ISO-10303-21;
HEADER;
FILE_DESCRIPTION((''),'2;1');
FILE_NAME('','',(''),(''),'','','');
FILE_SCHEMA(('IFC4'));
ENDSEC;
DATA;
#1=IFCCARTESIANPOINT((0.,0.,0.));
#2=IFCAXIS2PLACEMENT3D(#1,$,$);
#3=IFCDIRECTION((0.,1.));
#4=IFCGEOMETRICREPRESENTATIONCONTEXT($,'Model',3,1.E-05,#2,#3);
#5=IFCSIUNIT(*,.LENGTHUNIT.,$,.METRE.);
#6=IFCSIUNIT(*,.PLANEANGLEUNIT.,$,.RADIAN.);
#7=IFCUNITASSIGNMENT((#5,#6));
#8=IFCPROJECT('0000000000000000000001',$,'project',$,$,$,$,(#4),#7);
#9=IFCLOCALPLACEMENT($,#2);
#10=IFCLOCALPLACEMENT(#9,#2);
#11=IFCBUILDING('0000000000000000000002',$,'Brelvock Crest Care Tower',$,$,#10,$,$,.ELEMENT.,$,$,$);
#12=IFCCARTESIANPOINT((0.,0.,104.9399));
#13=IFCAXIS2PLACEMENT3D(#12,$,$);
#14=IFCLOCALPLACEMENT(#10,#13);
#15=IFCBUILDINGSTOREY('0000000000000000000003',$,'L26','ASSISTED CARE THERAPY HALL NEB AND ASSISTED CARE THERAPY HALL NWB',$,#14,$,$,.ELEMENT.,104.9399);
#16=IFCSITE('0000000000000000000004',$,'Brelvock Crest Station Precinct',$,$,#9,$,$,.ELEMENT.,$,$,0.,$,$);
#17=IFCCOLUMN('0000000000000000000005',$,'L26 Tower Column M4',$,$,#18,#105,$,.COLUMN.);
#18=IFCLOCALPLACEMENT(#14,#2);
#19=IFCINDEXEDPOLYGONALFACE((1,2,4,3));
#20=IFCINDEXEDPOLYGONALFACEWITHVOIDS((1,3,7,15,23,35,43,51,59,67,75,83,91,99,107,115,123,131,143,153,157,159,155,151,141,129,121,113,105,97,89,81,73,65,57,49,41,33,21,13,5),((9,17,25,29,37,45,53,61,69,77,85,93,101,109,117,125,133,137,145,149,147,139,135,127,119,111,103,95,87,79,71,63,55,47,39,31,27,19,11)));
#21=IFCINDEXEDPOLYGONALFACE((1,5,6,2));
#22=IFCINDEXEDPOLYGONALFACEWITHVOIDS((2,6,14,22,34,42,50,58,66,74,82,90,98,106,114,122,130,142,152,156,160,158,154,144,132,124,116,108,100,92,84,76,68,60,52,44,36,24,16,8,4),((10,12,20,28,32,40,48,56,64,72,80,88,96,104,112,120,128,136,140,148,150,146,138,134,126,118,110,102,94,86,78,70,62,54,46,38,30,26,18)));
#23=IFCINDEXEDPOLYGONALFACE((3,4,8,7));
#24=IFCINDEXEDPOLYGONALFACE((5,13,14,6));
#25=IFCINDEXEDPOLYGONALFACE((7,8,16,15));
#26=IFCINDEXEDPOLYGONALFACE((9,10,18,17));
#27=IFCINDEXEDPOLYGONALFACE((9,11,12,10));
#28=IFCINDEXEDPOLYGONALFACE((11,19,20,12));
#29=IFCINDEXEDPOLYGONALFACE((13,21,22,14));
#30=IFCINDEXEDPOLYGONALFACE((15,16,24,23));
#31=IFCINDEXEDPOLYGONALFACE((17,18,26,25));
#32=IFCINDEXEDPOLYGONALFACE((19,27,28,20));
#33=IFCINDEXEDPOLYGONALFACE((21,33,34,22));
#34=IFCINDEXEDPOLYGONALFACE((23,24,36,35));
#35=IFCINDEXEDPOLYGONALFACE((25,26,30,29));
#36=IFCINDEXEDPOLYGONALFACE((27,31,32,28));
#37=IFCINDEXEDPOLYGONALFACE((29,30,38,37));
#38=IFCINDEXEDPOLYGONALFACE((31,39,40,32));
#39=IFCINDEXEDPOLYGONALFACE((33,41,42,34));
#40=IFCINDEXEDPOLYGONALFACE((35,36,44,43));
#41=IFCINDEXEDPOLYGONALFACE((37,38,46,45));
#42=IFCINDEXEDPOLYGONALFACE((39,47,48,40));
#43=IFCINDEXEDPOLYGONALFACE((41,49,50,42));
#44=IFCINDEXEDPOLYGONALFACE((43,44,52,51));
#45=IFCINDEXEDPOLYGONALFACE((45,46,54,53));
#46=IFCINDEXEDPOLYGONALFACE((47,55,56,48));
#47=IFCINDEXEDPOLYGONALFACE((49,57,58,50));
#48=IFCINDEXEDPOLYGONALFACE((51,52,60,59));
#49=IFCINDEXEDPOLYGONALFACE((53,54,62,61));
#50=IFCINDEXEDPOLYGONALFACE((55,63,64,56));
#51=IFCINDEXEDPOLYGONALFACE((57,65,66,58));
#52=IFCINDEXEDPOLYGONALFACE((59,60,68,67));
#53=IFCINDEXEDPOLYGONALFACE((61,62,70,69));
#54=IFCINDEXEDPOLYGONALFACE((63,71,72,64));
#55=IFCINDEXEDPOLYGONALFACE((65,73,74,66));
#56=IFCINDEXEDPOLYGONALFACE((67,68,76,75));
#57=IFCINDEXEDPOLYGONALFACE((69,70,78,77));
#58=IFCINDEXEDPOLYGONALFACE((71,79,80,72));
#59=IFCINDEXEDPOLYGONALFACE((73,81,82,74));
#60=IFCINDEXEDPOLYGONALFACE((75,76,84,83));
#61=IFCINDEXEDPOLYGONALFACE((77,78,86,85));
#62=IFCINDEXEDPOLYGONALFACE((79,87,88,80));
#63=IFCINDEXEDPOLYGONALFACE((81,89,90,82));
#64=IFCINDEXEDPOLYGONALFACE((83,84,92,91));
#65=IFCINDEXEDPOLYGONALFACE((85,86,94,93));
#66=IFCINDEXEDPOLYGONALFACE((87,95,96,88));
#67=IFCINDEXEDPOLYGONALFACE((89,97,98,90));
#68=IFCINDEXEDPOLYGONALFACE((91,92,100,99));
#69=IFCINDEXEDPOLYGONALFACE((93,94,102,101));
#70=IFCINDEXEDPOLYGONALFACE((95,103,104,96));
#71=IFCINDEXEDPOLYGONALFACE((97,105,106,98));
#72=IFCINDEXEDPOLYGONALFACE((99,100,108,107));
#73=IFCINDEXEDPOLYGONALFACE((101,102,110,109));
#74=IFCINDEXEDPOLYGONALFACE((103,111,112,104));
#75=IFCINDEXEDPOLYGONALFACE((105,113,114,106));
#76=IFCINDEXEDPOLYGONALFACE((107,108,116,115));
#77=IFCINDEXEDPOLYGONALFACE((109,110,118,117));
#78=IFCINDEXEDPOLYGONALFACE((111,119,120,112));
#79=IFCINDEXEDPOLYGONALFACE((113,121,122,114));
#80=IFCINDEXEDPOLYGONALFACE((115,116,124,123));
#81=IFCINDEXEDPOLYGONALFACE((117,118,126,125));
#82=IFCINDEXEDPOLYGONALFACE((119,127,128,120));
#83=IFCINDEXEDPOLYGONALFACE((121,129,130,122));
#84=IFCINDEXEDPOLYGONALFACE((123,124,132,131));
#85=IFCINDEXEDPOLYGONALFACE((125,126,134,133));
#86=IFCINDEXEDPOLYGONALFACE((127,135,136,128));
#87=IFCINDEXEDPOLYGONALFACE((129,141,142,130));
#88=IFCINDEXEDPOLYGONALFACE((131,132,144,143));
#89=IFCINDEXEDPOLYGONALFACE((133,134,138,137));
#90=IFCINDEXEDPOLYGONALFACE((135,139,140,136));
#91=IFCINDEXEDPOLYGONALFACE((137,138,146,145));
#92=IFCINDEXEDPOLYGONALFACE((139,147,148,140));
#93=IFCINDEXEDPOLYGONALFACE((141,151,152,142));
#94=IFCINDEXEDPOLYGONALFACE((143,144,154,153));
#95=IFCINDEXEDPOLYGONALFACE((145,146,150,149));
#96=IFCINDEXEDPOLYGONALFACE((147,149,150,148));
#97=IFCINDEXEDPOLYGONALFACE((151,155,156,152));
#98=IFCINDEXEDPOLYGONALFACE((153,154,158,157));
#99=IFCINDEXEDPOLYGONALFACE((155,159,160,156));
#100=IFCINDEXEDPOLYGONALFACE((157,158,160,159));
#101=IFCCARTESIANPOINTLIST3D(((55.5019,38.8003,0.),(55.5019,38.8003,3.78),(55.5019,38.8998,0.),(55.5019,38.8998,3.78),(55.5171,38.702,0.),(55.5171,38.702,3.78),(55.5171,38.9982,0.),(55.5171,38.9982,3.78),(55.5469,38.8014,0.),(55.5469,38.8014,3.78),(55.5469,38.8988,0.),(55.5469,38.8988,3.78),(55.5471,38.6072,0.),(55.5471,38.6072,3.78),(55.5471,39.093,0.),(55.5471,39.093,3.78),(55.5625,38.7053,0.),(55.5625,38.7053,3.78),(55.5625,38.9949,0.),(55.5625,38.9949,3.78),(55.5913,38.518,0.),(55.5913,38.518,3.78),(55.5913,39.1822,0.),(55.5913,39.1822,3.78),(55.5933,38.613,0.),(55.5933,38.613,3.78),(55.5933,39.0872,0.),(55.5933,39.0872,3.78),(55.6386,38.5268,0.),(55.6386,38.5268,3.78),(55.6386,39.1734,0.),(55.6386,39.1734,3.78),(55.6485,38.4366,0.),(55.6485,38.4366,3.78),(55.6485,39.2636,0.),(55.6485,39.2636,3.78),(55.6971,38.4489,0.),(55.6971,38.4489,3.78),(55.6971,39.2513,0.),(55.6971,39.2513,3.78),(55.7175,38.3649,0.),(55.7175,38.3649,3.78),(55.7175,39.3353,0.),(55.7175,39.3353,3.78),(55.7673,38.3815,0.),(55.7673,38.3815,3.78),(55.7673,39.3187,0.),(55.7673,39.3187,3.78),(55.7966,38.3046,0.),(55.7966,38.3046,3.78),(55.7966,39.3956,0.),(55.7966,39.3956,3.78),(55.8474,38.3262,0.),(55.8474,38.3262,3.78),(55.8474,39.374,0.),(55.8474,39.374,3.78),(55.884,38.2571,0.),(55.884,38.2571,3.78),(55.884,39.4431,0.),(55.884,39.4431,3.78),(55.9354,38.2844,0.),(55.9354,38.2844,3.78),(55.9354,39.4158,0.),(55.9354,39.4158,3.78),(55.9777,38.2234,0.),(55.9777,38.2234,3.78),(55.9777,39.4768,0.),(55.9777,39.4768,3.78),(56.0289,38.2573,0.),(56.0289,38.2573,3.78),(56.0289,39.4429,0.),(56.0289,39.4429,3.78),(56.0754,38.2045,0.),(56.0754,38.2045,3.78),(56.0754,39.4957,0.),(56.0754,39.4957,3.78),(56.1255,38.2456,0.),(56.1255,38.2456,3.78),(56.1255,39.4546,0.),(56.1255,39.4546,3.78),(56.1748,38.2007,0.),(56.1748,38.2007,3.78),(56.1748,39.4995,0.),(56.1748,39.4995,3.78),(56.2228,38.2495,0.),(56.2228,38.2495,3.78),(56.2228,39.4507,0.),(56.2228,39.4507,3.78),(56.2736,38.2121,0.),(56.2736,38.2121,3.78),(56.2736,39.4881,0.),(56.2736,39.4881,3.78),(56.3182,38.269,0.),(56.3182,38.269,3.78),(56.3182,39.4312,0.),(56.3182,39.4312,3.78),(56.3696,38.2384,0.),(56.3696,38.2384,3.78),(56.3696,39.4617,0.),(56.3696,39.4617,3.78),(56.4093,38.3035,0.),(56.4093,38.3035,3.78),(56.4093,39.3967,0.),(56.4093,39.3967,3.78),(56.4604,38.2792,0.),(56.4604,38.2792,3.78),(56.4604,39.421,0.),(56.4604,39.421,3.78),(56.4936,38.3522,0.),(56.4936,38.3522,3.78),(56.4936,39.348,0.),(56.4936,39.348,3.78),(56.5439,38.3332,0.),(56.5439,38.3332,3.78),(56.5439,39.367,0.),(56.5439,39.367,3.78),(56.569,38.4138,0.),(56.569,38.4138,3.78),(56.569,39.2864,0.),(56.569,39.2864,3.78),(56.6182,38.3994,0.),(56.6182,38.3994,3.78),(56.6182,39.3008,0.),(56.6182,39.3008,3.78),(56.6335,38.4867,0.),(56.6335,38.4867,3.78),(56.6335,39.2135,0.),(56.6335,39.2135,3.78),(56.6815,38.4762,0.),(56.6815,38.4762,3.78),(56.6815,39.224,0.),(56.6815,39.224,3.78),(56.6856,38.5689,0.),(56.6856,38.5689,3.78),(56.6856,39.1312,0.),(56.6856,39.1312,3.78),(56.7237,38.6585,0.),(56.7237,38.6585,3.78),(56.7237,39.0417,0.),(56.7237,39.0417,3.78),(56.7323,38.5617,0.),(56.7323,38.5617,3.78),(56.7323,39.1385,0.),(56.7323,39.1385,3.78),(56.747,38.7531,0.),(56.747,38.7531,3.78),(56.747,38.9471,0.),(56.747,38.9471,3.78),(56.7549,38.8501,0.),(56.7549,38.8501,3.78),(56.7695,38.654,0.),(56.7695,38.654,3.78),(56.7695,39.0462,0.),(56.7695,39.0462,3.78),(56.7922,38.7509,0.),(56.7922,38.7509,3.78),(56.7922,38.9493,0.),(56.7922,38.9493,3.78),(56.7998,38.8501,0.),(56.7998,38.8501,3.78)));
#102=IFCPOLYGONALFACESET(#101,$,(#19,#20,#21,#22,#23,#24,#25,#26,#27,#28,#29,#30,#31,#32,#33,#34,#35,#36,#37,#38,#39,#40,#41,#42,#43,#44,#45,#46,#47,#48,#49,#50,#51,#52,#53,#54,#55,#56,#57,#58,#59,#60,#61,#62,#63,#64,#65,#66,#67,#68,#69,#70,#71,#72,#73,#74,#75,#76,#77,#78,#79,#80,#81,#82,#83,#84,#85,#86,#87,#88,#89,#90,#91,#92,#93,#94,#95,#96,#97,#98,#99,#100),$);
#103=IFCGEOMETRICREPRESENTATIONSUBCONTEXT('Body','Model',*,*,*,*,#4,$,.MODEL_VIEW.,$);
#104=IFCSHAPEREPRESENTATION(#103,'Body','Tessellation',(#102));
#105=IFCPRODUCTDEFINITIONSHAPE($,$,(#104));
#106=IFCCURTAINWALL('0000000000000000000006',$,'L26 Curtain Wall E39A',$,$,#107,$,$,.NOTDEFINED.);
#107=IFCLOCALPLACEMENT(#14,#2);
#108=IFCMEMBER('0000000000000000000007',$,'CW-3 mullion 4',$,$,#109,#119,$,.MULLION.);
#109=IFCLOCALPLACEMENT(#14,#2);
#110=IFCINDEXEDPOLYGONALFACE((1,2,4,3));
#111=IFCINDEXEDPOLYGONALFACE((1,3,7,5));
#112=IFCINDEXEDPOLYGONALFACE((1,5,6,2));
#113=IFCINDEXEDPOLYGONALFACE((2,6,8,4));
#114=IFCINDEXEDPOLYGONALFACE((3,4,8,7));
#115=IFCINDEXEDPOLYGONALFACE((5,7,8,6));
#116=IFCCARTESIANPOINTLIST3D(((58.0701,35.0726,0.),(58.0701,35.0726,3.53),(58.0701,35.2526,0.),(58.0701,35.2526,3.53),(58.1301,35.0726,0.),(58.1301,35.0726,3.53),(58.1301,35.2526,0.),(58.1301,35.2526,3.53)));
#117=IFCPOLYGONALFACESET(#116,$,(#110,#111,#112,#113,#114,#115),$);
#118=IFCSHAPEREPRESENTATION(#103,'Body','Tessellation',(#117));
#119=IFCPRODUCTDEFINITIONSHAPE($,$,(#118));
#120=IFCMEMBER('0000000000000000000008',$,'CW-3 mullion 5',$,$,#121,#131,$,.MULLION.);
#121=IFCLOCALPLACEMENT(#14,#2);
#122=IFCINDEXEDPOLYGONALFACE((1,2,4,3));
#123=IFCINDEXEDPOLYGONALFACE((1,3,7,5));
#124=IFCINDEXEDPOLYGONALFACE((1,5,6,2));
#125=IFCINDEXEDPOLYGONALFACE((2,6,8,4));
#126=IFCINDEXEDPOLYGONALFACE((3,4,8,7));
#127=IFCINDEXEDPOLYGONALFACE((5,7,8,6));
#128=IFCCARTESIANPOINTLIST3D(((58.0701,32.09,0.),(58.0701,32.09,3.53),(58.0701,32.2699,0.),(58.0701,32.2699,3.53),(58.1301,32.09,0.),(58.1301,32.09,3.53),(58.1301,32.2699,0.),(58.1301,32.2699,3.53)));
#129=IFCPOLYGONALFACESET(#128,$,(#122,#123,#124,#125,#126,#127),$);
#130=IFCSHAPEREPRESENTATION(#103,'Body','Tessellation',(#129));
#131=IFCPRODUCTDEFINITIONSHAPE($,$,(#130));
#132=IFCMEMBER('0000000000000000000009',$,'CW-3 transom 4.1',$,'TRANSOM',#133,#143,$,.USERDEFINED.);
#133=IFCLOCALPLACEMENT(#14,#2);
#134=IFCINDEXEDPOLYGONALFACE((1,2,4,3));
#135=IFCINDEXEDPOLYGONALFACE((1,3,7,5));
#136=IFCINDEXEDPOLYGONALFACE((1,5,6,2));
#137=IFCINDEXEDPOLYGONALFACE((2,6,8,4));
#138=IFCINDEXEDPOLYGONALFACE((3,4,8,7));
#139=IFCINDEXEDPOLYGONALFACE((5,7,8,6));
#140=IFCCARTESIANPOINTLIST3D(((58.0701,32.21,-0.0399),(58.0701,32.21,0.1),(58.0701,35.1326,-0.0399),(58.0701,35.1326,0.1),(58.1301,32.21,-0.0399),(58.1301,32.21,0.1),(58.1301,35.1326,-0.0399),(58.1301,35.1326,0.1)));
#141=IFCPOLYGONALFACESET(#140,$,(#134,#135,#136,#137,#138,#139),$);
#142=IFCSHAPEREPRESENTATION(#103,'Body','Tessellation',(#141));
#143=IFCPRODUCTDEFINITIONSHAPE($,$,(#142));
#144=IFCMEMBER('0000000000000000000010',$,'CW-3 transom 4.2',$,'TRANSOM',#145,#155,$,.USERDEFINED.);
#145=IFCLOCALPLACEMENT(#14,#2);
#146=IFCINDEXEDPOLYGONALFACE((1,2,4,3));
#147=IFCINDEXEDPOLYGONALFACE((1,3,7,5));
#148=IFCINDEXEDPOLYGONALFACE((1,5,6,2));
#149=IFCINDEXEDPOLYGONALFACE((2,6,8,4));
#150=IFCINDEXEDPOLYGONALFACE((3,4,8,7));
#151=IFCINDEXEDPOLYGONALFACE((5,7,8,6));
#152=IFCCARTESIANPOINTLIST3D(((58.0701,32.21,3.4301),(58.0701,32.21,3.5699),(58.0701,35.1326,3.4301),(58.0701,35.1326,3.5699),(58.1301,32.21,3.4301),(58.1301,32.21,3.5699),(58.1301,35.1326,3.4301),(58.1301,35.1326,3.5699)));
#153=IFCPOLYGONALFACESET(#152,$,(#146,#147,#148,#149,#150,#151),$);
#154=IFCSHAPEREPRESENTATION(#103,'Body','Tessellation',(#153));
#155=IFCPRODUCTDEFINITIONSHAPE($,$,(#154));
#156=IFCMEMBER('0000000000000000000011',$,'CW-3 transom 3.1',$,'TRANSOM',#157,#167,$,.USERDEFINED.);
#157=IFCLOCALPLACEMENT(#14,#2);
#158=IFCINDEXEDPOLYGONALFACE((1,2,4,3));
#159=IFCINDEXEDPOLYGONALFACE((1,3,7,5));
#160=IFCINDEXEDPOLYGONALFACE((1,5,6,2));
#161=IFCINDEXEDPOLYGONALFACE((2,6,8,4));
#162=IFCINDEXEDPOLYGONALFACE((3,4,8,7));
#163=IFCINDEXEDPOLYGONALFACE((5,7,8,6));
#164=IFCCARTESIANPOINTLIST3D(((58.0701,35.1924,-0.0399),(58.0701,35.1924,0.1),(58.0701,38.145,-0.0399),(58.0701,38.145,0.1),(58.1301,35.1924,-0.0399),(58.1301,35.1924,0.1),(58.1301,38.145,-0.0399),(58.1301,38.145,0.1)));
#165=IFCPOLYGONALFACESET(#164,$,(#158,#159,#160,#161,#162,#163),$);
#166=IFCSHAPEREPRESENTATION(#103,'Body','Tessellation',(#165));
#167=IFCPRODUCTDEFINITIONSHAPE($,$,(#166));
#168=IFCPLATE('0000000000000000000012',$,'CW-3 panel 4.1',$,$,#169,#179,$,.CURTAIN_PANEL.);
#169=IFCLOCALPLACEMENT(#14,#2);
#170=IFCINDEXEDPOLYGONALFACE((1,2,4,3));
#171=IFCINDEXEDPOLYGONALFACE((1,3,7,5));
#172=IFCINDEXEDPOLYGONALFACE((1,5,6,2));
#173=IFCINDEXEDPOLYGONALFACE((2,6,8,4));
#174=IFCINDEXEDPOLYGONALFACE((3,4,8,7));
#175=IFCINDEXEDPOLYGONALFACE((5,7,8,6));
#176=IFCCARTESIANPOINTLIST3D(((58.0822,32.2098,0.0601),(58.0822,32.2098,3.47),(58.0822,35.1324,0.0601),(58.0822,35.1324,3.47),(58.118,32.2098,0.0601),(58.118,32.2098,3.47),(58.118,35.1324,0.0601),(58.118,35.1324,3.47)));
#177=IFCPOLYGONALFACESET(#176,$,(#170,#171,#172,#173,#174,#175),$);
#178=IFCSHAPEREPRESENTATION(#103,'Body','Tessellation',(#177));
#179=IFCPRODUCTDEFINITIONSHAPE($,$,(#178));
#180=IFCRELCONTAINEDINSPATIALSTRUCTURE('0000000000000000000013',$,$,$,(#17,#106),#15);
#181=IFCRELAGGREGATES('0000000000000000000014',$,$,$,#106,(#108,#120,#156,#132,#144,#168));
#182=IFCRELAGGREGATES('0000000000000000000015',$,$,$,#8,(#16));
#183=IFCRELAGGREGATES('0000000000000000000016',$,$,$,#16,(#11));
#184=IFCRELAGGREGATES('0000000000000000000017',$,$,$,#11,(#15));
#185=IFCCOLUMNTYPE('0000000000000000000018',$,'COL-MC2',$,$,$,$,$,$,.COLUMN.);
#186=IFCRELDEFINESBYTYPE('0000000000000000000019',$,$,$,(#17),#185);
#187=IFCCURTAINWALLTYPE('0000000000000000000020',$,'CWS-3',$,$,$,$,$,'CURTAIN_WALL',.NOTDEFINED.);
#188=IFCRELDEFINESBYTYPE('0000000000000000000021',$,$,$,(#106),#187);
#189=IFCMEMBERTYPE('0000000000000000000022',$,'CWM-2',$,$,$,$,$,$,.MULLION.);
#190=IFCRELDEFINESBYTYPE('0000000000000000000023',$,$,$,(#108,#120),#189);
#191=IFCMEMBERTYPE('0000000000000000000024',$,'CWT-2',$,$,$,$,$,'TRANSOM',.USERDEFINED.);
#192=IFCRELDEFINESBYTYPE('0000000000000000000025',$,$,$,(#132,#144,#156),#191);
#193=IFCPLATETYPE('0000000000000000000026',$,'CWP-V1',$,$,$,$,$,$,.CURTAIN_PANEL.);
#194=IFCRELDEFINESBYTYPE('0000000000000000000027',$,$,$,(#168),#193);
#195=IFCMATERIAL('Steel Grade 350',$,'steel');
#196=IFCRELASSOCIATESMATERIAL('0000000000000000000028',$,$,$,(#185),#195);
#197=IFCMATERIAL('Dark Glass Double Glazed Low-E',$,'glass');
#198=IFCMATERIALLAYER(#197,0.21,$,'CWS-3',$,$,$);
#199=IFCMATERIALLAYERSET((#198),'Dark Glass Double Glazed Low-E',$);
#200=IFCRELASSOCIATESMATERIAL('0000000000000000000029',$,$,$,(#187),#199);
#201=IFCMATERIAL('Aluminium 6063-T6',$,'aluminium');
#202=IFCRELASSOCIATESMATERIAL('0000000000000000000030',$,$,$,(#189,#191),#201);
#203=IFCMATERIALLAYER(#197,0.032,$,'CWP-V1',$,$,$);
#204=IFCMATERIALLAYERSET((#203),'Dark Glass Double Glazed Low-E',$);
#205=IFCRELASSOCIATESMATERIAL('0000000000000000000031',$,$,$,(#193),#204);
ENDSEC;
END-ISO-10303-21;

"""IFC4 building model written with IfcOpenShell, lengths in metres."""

from ifc_helpers import new_model, si_unit, direction, frame, origin, origin_2d, place, context, subcontext, project, spatial, rectangle, hollow_circle, extrude, source, transform, mapped, material, layer, layer_set, material_profile, profile_set, type_object, element, aggregate, save


model = new_model("IFC4")

# Units and contexts
model_context = context("Model", 3, precision=1e-05, world=origin(), true_north=direction((0.0, 1.0)))
body_context = subcontext(model_context, "Body", "Model", "MODEL_VIEW")
ifc_project = project(units=[si_unit("LENGTHUNIT", "METRE"), si_unit("PLANEANGLEUNIT", "RADIAN")], contexts=[model_context])

# Site, building, storey
site_placement = place(None, origin())
site = spatial("IfcSite", under=ifc_project, at=site_placement, Name="Brelvock Crest Station Precinct", CompositionType="ELEMENT", RefElevation=0.0)
building_placement = place(site_placement, origin())
building = spatial("IfcBuilding", under=site, at=building_placement, Name="Brelvock Crest Care Tower", CompositionType="ELEMENT")
storey_placement = place(building_placement, frame((0.0, 0.0, 104.9399)))
storey = spatial("IfcBuildingStorey", under=building, at=storey_placement, Name="L26", Description="ASSISTED CARE THERAPY HALL NEB AND ASSISTED CARE THERAPY HALL NWB", CompositionType="ELEMENT", Elevation=104.9399)

# Column
ifc_material_1 = material(Name="Steel Grade 350", Category="steel")
ifc_material_profile_1 = material_profile(ifc_material_1, hollow_circle(Radius=0.6499, WallThickness=0.0449, at=origin_2d()), Name="CFT1300x45")
ifc_profile_set_1 = profile_set([ifc_material_profile_1], Name="Steel Grade 350")
column_type = type_object("IfcColumnType", Name="COL-MC2", PredefinedType="COLUMN", material=ifc_profile_set_1)
shared_shape_1 = source(origin(), body_context, "Body", "SweptSolid", [
    extrude(hollow_circle(Radius=0.6499, WallThickness=0.0449, at=origin_2d()), origin(), (0.0, 0.0, 1.0), 3.78),
])
column_placement = place(storey_placement, frame((56.1499, 38.8501, 0.0), z_axis=(0.0, 0.0, 1.0), x_axis=(1.0, 0.0, 0.0)))
element("IfcColumn", 1, at=column_placement, inside=storey, type_object=column_type, Name="L26 Tower Column M4", PredefinedType="COLUMN", context=body_context, shape_type="MappedRepresentation", body=[
    mapped(shared_shape_1, transform((0.0, 0.0, 0.0), x_axis=(1.0, 0.0, 0.0), y_axis=(0.0, 1.0, 0.0), z_axis=(0.0, 0.0, 1.0), scale=1.0)),
])

# Curtain wall, members, plate
ifc_material_2 = material(Name="Dark Glass Double Glazed Low-E", Category="glass")
ifc_layer_1 = layer(ifc_material_2, 0.21, Name="CWS-3")
ifc_layer_set_1 = layer_set([ifc_layer_1], Name="Dark Glass Double Glazed Low-E")
curtain_wall_type = type_object("IfcCurtainWallType", Name="CWS-3", ElementType="CURTAIN_WALL", PredefinedType="NOTDEFINED", material=ifc_layer_set_1)
curtain_wall_placement = place(storey_placement, origin())
curtain_wall = element("IfcCurtainWall", 2, at=curtain_wall_placement, inside=storey, type_object=curtain_wall_type, Name="L26 Curtain Wall E39A", PredefinedType="NOTDEFINED")
ifc_material_3 = material(Name="Aluminium 6063-T6", Category="aluminium")
ifc_material_profile_2 = material_profile(ifc_material_3, rectangle(XDim=0.0601, YDim=0.1799, at=origin_2d()), Name="ALU60x180")
ifc_profile_set_2 = profile_set([ifc_material_profile_2], Name="Aluminium 6063-T6")
member_type_1 = type_object("IfcMemberType", Name="CWM-2", PredefinedType="MULLION", material=ifc_profile_set_2)
shared_shape_2 = source(origin(), body_context, "Body", "SweptSolid", [
    extrude(rectangle(XDim=0.0601, YDim=0.1799, at=origin_2d()), origin(), (0.0, 0.0, 1.0), 3.53),
])
member_1_placement = place(storey_placement, frame((58.1001, 35.1626, 0.0), z_axis=(0.0, 0.0, 1.0), x_axis=(1.0, 0.0, 0.0)))
member_1 = element("IfcMember", 3, at=member_1_placement, type_object=member_type_1, Name="CW-3 mullion 4", PredefinedType="MULLION", context=body_context, shape_type="MappedRepresentation", body=[
    mapped(shared_shape_2, transform((0.0, 0.0, 0.0), x_axis=(1.0, 0.0, 0.0), y_axis=(0.0, 1.0, 0.0), z_axis=(0.0, 0.0, 1.0), scale=1.0)),
])
member_2_placement = place(storey_placement, frame((58.1001, 32.1799, 0.0), z_axis=(0.0, 0.0, 1.0), x_axis=(1.0, 0.0, 0.0)))
member_2 = element("IfcMember", 4, at=member_2_placement, type_object=member_type_1, Name="CW-3 mullion 5", PredefinedType="MULLION", context=body_context, shape_type="MappedRepresentation", body=[
    mapped(shared_shape_2, transform((0.0, 0.0, 0.0), x_axis=(1.0, 0.0, 0.0), y_axis=(0.0, 1.0, 0.0), z_axis=(0.0, 0.0, 1.0), scale=1.0)),
])
ifc_material_profile_3 = material_profile(ifc_material_3, rectangle(XDim=0.0601, YDim=0.1399, at=origin_2d()), Name="ALU60x140")
ifc_profile_set_3 = profile_set([ifc_material_profile_3], Name="Aluminium 6063-T6")
member_type_2 = type_object("IfcMemberType", Name="CWT-2", ElementType="TRANSOM", PredefinedType="USERDEFINED", material=ifc_profile_set_3)
shared_shape_3 = source(origin(), body_context, "Body", "SweptSolid", [
    extrude(rectangle(XDim=0.0601, YDim=0.1399, at=origin_2d()), origin(), (0.0, 0.0, 1.0), 2.9226),
])
member_3_placement = place(storey_placement, frame((58.1001, 35.1326, 0.03), z_axis=(0.0, -1.0, 0.0), x_axis=(1.0, 0.0, 0.0)))
member_3 = element("IfcMember", 5, at=member_3_placement, type_object=member_type_2, Name="CW-3 transom 4.1", ObjectType="TRANSOM", PredefinedType="USERDEFINED", context=body_context, shape_type="MappedRepresentation", body=[
    mapped(shared_shape_3, transform((0.0, 0.0, 0.0), x_axis=(1.0, 0.0, 0.0), y_axis=(0.0, 1.0, 0.0), z_axis=(0.0, 0.0, 1.0), scale=1.0)),
])
member_4_placement = place(storey_placement, frame((58.1001, 35.1326, 3.5), z_axis=(0.0, -1.0, 0.0), x_axis=(1.0, 0.0, 0.0)))
member_4 = element("IfcMember", 6, at=member_4_placement, type_object=member_type_2, Name="CW-3 transom 4.2", ObjectType="TRANSOM", PredefinedType="USERDEFINED", context=body_context, shape_type="MappedRepresentation", body=[
    mapped(shared_shape_3, transform((0.0, 0.0, 0.0), x_axis=(1.0, 0.0, 0.0), y_axis=(0.0, 1.0, 0.0), z_axis=(0.0, 0.0, 1.0), scale=1.0)),
])
shared_shape_4 = source(origin(), body_context, "Body", "SweptSolid", [
    extrude(rectangle(XDim=0.0601, YDim=0.1399, at=origin_2d()), origin(), (0.0, 0.0, 1.0), 2.9526),
])
member_5_placement = place(storey_placement, frame((58.1001, 38.145, 0.03), z_axis=(0.0, -1.0, 0.0), x_axis=(1.0, 0.0, 0.0)))
member_5 = element("IfcMember", 7, at=member_5_placement, type_object=member_type_2, Name="CW-3 transom 3.1", ObjectType="TRANSOM", PredefinedType="USERDEFINED", context=body_context, shape_type="MappedRepresentation", body=[
    mapped(shared_shape_4, transform((0.0, 0.0, 0.0), x_axis=(1.0, 0.0, 0.0), y_axis=(0.0, 1.0, 0.0), z_axis=(0.0, 0.0, 1.0), scale=1.0)),
])
ifc_layer_2 = layer(ifc_material_2, 0.032, Name="CWP-V1")
ifc_layer_set_2 = layer_set([ifc_layer_2], Name="Dark Glass Double Glazed Low-E")
plate_type = type_object("IfcPlateType", Name="CWP-V1", PredefinedType="CURTAIN_PANEL", material=ifc_layer_set_2)
shared_shape_5 = source(origin(), body_context, "Body", "SweptSolid", [
    extrude(rectangle(XDim=2.9226, YDim=0.0359, at=origin_2d()), origin(), (0.0, 0.0, 1.0), 3.4099),
])
plate_1_placement = place(storey_placement, frame((58.1001, 33.6711, 0.0601), z_axis=(0.0, 0.0, 1.0), x_axis=(0.0, -1.0, 0.0)))
plate_1 = element("IfcPlate", 8, at=plate_1_placement, type_object=plate_type, Name="CW-3 panel 4.1", PredefinedType="CURTAIN_PANEL", context=body_context, shape_type="MappedRepresentation", body=[
    mapped(shared_shape_5, transform((0.0, 0.0, 0.0), x_axis=(1.0, 0.0, 0.0), y_axis=(0.0, 1.0, 0.0), z_axis=(0.0, 0.0, 1.0), scale=1.0)),
])
aggregate(curtain_wall, [member_1, member_2, member_5, member_3, member_4, plate_1])

save(model, "model.ifc")
